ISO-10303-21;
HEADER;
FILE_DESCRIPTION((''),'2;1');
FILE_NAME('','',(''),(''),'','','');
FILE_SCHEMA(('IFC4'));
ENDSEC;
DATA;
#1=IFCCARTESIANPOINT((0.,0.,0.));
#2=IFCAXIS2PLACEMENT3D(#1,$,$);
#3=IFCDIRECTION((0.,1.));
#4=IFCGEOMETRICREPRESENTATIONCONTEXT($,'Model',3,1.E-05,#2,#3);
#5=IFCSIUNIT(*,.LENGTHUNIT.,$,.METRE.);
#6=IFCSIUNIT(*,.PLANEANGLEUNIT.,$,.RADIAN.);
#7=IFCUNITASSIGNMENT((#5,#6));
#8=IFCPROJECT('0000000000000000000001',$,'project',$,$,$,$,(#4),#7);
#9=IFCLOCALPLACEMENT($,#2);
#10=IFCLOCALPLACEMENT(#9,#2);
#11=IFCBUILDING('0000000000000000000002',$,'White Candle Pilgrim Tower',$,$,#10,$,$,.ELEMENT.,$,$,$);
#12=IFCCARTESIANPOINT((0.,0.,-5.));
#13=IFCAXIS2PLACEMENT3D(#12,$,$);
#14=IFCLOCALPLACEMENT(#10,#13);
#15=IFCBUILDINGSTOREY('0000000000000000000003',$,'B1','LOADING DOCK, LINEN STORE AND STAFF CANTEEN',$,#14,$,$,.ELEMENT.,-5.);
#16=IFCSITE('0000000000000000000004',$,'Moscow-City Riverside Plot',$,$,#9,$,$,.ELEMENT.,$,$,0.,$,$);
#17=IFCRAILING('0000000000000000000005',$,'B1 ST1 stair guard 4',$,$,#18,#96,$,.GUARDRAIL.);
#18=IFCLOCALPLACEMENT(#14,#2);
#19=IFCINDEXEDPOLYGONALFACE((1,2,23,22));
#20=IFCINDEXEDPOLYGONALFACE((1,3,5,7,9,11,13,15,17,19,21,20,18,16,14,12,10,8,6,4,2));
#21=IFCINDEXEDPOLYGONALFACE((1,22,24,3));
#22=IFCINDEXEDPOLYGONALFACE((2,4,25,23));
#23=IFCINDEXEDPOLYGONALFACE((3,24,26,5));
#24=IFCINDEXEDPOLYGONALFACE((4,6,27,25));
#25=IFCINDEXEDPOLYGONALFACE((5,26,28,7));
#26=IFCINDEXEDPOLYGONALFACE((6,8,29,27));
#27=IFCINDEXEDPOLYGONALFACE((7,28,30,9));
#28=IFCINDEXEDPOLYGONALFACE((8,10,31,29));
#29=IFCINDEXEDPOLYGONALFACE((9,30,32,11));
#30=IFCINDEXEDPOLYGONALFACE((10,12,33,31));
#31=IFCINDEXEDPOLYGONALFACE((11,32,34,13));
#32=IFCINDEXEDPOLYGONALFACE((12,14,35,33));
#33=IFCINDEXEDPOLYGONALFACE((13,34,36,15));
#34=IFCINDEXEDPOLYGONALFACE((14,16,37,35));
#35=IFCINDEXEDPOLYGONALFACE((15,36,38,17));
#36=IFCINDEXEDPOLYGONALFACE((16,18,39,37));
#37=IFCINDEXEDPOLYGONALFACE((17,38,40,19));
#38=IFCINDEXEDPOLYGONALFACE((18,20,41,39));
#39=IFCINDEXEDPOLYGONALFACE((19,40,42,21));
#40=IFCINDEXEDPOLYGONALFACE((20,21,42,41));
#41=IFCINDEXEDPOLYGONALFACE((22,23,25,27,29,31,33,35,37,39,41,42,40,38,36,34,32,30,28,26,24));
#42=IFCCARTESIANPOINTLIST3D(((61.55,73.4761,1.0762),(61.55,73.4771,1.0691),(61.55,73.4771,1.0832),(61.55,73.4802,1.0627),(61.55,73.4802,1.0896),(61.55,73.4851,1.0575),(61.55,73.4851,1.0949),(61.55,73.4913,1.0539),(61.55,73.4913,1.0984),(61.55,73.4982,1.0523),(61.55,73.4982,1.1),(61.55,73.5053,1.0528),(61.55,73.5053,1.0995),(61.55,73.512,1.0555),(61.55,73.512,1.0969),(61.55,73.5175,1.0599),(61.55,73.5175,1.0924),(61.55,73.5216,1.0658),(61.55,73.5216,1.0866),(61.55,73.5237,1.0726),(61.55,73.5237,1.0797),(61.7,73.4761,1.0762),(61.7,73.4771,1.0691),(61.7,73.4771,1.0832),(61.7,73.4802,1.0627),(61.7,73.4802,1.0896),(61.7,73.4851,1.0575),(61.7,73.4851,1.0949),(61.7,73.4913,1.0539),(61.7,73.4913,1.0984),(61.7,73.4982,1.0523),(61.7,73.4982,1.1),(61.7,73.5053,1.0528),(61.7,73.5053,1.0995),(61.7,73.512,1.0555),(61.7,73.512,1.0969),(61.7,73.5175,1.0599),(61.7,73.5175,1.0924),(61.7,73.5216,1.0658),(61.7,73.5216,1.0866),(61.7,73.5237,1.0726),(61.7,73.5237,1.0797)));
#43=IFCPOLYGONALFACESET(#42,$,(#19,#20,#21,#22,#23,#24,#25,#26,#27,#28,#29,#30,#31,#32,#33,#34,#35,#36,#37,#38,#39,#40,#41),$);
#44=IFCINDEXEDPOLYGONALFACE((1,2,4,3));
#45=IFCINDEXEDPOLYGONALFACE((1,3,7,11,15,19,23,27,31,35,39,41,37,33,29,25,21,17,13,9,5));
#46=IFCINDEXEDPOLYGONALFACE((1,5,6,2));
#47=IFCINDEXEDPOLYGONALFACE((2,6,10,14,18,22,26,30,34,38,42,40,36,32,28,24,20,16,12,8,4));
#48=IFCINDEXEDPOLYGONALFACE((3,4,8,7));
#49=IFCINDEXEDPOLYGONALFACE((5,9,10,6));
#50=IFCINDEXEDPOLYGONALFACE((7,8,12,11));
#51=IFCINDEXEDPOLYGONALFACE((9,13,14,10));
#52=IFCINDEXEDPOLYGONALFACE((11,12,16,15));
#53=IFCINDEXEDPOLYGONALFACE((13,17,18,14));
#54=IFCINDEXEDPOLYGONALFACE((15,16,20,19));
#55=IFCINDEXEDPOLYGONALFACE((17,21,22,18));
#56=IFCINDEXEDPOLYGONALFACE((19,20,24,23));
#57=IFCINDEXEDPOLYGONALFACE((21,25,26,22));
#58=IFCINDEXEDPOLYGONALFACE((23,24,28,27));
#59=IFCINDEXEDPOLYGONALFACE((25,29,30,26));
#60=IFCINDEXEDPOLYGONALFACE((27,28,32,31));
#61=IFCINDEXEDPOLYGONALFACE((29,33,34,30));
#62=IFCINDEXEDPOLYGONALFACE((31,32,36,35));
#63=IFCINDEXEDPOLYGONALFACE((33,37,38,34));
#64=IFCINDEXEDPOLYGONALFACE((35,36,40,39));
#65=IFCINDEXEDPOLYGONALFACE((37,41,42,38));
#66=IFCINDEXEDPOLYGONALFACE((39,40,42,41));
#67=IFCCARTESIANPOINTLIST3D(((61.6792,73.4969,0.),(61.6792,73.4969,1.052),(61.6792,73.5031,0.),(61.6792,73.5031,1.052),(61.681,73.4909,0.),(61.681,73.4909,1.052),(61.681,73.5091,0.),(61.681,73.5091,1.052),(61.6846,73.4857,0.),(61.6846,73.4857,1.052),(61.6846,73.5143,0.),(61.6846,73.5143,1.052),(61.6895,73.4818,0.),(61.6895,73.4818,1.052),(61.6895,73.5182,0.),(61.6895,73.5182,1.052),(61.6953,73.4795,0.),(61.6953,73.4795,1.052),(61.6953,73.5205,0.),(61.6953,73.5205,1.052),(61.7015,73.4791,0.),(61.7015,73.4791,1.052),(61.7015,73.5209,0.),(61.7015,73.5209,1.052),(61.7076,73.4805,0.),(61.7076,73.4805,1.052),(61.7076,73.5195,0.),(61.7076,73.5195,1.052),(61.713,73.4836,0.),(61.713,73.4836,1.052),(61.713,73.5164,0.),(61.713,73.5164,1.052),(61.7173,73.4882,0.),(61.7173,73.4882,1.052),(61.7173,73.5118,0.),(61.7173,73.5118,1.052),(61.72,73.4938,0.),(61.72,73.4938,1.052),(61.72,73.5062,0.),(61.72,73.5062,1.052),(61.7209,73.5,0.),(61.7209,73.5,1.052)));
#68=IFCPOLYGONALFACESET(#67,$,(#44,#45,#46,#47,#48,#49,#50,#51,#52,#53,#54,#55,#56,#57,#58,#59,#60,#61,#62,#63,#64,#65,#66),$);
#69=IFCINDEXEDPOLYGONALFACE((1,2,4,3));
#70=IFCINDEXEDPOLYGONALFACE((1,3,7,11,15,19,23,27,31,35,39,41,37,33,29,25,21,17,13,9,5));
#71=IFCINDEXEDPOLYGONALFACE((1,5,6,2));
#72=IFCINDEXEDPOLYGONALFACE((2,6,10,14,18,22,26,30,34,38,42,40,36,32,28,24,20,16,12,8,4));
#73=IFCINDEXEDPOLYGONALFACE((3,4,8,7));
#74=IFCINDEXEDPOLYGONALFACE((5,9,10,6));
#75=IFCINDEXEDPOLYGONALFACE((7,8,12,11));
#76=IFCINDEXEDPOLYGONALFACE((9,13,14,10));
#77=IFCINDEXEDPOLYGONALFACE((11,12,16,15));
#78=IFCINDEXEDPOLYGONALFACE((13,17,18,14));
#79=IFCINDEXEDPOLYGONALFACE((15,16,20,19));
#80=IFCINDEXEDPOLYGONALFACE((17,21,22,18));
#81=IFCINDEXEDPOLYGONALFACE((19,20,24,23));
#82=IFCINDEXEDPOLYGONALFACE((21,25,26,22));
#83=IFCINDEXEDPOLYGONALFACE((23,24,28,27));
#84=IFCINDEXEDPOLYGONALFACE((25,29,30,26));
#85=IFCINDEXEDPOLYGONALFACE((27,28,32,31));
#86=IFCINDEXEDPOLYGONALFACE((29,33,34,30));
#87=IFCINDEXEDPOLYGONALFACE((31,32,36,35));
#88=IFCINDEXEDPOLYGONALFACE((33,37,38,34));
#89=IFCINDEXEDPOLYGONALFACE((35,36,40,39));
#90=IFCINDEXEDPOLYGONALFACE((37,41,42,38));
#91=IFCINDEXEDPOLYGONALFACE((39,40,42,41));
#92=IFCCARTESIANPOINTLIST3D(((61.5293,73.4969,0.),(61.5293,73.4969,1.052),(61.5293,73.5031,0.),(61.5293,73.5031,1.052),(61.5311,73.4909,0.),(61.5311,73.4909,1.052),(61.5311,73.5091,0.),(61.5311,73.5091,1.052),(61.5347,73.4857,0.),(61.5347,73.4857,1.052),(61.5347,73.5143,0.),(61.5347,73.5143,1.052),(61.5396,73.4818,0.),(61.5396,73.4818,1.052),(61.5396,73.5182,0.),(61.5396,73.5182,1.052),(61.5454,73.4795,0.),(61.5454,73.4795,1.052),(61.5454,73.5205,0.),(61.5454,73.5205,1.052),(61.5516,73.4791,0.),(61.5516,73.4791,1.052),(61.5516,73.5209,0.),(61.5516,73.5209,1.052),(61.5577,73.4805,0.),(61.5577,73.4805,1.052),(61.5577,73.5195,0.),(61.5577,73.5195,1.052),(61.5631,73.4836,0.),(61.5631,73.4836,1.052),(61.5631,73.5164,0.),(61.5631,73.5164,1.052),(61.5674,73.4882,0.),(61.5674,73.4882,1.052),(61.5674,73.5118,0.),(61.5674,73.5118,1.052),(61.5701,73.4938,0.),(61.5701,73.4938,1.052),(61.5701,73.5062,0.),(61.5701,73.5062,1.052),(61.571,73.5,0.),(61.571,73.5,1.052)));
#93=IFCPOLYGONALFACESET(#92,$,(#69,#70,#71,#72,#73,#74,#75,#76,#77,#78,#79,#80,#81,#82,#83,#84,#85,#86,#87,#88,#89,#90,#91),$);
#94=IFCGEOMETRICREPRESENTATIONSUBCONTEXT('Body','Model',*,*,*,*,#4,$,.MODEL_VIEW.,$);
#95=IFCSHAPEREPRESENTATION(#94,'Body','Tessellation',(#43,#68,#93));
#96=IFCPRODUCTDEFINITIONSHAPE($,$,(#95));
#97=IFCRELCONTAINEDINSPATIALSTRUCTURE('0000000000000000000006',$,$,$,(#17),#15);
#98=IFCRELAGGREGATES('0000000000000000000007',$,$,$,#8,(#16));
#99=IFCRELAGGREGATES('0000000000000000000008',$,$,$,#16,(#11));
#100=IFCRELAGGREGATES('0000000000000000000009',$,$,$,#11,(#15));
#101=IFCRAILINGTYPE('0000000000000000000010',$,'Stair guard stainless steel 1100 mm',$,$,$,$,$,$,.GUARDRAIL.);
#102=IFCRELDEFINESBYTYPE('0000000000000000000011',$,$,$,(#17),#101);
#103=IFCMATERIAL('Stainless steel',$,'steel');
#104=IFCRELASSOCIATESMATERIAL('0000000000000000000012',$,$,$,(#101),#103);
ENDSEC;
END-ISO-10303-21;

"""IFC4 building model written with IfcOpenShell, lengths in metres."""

from ifc_helpers import new_model, si_unit, direction, frame, origin, origin_2d, place, context, subcontext, project, spatial, circle, extrude, material, type_object, element, save


model = new_model("IFC4")

# Units and contexts
model_context = context("Model", 3, precision=1e-05, world=origin(), true_north=direction((0.0, 1.0)))
body_context = subcontext(model_context, "Body", "Model", "MODEL_VIEW")
ifc_project = project(units=[si_unit("LENGTHUNIT", "METRE"), si_unit("PLANEANGLEUNIT", "RADIAN")], contexts=[model_context])

# Site, building, storey
site_placement = place(None, origin())
site = spatial("IfcSite", under=ifc_project, at=site_placement, Name="Moscow-City Riverside Plot", CompositionType="ELEMENT", RefElevation=0.0)
building_placement = place(site_placement, origin())
building = spatial("IfcBuilding", under=site, at=building_placement, Name="White Candle Pilgrim Tower", CompositionType="ELEMENT")
storey_placement = place(building_placement, frame((0.0, 0.0, -5.0)))
storey = spatial("IfcBuildingStorey", under=building, at=storey_placement, Name="B1", Description="LOADING DOCK, LINEN STORE AND STAFF CANTEEN", CompositionType="ELEMENT", Elevation=-5.0)

# Railing
ifc_material_1 = material(Name="Stainless steel", Category="steel")
railing_type_1 = type_object("IfcRailingType", Name="Stair guard stainless steel 1100 mm", PredefinedType="GUARDRAIL", material=ifc_material_1)
railing_1_placement = place(storey_placement, frame((61.7, 73.5, 0.0)))
element("IfcRailing", 1, at=railing_1_placement, inside=storey, type_object=railing_type_1, Name="B1 ST1 stair guard 4", PredefinedType="GUARDRAIL", context=body_context, shape_type="SweptSolid", body=[
    extrude(circle(Radius=0.0239, at=origin_2d()), frame((0.0, 0.0, 1.0762), z_axis=(-1.0, 0.0, 0.0), x_axis=(0.0, -1.0, 0.0)), (0.0, 0.0, 1.0), 0.1499),
    extrude(circle(Radius=0.021, at=origin_2d()), origin(), (0.0, 0.0, 1.0), 1.052),
    extrude(circle(Radius=0.021, at=origin_2d()), frame((-0.1499, 0.0, 0.0)), (0.0, 0.0, 1.0), 1.052),
])

save(model, "model.ifc")
